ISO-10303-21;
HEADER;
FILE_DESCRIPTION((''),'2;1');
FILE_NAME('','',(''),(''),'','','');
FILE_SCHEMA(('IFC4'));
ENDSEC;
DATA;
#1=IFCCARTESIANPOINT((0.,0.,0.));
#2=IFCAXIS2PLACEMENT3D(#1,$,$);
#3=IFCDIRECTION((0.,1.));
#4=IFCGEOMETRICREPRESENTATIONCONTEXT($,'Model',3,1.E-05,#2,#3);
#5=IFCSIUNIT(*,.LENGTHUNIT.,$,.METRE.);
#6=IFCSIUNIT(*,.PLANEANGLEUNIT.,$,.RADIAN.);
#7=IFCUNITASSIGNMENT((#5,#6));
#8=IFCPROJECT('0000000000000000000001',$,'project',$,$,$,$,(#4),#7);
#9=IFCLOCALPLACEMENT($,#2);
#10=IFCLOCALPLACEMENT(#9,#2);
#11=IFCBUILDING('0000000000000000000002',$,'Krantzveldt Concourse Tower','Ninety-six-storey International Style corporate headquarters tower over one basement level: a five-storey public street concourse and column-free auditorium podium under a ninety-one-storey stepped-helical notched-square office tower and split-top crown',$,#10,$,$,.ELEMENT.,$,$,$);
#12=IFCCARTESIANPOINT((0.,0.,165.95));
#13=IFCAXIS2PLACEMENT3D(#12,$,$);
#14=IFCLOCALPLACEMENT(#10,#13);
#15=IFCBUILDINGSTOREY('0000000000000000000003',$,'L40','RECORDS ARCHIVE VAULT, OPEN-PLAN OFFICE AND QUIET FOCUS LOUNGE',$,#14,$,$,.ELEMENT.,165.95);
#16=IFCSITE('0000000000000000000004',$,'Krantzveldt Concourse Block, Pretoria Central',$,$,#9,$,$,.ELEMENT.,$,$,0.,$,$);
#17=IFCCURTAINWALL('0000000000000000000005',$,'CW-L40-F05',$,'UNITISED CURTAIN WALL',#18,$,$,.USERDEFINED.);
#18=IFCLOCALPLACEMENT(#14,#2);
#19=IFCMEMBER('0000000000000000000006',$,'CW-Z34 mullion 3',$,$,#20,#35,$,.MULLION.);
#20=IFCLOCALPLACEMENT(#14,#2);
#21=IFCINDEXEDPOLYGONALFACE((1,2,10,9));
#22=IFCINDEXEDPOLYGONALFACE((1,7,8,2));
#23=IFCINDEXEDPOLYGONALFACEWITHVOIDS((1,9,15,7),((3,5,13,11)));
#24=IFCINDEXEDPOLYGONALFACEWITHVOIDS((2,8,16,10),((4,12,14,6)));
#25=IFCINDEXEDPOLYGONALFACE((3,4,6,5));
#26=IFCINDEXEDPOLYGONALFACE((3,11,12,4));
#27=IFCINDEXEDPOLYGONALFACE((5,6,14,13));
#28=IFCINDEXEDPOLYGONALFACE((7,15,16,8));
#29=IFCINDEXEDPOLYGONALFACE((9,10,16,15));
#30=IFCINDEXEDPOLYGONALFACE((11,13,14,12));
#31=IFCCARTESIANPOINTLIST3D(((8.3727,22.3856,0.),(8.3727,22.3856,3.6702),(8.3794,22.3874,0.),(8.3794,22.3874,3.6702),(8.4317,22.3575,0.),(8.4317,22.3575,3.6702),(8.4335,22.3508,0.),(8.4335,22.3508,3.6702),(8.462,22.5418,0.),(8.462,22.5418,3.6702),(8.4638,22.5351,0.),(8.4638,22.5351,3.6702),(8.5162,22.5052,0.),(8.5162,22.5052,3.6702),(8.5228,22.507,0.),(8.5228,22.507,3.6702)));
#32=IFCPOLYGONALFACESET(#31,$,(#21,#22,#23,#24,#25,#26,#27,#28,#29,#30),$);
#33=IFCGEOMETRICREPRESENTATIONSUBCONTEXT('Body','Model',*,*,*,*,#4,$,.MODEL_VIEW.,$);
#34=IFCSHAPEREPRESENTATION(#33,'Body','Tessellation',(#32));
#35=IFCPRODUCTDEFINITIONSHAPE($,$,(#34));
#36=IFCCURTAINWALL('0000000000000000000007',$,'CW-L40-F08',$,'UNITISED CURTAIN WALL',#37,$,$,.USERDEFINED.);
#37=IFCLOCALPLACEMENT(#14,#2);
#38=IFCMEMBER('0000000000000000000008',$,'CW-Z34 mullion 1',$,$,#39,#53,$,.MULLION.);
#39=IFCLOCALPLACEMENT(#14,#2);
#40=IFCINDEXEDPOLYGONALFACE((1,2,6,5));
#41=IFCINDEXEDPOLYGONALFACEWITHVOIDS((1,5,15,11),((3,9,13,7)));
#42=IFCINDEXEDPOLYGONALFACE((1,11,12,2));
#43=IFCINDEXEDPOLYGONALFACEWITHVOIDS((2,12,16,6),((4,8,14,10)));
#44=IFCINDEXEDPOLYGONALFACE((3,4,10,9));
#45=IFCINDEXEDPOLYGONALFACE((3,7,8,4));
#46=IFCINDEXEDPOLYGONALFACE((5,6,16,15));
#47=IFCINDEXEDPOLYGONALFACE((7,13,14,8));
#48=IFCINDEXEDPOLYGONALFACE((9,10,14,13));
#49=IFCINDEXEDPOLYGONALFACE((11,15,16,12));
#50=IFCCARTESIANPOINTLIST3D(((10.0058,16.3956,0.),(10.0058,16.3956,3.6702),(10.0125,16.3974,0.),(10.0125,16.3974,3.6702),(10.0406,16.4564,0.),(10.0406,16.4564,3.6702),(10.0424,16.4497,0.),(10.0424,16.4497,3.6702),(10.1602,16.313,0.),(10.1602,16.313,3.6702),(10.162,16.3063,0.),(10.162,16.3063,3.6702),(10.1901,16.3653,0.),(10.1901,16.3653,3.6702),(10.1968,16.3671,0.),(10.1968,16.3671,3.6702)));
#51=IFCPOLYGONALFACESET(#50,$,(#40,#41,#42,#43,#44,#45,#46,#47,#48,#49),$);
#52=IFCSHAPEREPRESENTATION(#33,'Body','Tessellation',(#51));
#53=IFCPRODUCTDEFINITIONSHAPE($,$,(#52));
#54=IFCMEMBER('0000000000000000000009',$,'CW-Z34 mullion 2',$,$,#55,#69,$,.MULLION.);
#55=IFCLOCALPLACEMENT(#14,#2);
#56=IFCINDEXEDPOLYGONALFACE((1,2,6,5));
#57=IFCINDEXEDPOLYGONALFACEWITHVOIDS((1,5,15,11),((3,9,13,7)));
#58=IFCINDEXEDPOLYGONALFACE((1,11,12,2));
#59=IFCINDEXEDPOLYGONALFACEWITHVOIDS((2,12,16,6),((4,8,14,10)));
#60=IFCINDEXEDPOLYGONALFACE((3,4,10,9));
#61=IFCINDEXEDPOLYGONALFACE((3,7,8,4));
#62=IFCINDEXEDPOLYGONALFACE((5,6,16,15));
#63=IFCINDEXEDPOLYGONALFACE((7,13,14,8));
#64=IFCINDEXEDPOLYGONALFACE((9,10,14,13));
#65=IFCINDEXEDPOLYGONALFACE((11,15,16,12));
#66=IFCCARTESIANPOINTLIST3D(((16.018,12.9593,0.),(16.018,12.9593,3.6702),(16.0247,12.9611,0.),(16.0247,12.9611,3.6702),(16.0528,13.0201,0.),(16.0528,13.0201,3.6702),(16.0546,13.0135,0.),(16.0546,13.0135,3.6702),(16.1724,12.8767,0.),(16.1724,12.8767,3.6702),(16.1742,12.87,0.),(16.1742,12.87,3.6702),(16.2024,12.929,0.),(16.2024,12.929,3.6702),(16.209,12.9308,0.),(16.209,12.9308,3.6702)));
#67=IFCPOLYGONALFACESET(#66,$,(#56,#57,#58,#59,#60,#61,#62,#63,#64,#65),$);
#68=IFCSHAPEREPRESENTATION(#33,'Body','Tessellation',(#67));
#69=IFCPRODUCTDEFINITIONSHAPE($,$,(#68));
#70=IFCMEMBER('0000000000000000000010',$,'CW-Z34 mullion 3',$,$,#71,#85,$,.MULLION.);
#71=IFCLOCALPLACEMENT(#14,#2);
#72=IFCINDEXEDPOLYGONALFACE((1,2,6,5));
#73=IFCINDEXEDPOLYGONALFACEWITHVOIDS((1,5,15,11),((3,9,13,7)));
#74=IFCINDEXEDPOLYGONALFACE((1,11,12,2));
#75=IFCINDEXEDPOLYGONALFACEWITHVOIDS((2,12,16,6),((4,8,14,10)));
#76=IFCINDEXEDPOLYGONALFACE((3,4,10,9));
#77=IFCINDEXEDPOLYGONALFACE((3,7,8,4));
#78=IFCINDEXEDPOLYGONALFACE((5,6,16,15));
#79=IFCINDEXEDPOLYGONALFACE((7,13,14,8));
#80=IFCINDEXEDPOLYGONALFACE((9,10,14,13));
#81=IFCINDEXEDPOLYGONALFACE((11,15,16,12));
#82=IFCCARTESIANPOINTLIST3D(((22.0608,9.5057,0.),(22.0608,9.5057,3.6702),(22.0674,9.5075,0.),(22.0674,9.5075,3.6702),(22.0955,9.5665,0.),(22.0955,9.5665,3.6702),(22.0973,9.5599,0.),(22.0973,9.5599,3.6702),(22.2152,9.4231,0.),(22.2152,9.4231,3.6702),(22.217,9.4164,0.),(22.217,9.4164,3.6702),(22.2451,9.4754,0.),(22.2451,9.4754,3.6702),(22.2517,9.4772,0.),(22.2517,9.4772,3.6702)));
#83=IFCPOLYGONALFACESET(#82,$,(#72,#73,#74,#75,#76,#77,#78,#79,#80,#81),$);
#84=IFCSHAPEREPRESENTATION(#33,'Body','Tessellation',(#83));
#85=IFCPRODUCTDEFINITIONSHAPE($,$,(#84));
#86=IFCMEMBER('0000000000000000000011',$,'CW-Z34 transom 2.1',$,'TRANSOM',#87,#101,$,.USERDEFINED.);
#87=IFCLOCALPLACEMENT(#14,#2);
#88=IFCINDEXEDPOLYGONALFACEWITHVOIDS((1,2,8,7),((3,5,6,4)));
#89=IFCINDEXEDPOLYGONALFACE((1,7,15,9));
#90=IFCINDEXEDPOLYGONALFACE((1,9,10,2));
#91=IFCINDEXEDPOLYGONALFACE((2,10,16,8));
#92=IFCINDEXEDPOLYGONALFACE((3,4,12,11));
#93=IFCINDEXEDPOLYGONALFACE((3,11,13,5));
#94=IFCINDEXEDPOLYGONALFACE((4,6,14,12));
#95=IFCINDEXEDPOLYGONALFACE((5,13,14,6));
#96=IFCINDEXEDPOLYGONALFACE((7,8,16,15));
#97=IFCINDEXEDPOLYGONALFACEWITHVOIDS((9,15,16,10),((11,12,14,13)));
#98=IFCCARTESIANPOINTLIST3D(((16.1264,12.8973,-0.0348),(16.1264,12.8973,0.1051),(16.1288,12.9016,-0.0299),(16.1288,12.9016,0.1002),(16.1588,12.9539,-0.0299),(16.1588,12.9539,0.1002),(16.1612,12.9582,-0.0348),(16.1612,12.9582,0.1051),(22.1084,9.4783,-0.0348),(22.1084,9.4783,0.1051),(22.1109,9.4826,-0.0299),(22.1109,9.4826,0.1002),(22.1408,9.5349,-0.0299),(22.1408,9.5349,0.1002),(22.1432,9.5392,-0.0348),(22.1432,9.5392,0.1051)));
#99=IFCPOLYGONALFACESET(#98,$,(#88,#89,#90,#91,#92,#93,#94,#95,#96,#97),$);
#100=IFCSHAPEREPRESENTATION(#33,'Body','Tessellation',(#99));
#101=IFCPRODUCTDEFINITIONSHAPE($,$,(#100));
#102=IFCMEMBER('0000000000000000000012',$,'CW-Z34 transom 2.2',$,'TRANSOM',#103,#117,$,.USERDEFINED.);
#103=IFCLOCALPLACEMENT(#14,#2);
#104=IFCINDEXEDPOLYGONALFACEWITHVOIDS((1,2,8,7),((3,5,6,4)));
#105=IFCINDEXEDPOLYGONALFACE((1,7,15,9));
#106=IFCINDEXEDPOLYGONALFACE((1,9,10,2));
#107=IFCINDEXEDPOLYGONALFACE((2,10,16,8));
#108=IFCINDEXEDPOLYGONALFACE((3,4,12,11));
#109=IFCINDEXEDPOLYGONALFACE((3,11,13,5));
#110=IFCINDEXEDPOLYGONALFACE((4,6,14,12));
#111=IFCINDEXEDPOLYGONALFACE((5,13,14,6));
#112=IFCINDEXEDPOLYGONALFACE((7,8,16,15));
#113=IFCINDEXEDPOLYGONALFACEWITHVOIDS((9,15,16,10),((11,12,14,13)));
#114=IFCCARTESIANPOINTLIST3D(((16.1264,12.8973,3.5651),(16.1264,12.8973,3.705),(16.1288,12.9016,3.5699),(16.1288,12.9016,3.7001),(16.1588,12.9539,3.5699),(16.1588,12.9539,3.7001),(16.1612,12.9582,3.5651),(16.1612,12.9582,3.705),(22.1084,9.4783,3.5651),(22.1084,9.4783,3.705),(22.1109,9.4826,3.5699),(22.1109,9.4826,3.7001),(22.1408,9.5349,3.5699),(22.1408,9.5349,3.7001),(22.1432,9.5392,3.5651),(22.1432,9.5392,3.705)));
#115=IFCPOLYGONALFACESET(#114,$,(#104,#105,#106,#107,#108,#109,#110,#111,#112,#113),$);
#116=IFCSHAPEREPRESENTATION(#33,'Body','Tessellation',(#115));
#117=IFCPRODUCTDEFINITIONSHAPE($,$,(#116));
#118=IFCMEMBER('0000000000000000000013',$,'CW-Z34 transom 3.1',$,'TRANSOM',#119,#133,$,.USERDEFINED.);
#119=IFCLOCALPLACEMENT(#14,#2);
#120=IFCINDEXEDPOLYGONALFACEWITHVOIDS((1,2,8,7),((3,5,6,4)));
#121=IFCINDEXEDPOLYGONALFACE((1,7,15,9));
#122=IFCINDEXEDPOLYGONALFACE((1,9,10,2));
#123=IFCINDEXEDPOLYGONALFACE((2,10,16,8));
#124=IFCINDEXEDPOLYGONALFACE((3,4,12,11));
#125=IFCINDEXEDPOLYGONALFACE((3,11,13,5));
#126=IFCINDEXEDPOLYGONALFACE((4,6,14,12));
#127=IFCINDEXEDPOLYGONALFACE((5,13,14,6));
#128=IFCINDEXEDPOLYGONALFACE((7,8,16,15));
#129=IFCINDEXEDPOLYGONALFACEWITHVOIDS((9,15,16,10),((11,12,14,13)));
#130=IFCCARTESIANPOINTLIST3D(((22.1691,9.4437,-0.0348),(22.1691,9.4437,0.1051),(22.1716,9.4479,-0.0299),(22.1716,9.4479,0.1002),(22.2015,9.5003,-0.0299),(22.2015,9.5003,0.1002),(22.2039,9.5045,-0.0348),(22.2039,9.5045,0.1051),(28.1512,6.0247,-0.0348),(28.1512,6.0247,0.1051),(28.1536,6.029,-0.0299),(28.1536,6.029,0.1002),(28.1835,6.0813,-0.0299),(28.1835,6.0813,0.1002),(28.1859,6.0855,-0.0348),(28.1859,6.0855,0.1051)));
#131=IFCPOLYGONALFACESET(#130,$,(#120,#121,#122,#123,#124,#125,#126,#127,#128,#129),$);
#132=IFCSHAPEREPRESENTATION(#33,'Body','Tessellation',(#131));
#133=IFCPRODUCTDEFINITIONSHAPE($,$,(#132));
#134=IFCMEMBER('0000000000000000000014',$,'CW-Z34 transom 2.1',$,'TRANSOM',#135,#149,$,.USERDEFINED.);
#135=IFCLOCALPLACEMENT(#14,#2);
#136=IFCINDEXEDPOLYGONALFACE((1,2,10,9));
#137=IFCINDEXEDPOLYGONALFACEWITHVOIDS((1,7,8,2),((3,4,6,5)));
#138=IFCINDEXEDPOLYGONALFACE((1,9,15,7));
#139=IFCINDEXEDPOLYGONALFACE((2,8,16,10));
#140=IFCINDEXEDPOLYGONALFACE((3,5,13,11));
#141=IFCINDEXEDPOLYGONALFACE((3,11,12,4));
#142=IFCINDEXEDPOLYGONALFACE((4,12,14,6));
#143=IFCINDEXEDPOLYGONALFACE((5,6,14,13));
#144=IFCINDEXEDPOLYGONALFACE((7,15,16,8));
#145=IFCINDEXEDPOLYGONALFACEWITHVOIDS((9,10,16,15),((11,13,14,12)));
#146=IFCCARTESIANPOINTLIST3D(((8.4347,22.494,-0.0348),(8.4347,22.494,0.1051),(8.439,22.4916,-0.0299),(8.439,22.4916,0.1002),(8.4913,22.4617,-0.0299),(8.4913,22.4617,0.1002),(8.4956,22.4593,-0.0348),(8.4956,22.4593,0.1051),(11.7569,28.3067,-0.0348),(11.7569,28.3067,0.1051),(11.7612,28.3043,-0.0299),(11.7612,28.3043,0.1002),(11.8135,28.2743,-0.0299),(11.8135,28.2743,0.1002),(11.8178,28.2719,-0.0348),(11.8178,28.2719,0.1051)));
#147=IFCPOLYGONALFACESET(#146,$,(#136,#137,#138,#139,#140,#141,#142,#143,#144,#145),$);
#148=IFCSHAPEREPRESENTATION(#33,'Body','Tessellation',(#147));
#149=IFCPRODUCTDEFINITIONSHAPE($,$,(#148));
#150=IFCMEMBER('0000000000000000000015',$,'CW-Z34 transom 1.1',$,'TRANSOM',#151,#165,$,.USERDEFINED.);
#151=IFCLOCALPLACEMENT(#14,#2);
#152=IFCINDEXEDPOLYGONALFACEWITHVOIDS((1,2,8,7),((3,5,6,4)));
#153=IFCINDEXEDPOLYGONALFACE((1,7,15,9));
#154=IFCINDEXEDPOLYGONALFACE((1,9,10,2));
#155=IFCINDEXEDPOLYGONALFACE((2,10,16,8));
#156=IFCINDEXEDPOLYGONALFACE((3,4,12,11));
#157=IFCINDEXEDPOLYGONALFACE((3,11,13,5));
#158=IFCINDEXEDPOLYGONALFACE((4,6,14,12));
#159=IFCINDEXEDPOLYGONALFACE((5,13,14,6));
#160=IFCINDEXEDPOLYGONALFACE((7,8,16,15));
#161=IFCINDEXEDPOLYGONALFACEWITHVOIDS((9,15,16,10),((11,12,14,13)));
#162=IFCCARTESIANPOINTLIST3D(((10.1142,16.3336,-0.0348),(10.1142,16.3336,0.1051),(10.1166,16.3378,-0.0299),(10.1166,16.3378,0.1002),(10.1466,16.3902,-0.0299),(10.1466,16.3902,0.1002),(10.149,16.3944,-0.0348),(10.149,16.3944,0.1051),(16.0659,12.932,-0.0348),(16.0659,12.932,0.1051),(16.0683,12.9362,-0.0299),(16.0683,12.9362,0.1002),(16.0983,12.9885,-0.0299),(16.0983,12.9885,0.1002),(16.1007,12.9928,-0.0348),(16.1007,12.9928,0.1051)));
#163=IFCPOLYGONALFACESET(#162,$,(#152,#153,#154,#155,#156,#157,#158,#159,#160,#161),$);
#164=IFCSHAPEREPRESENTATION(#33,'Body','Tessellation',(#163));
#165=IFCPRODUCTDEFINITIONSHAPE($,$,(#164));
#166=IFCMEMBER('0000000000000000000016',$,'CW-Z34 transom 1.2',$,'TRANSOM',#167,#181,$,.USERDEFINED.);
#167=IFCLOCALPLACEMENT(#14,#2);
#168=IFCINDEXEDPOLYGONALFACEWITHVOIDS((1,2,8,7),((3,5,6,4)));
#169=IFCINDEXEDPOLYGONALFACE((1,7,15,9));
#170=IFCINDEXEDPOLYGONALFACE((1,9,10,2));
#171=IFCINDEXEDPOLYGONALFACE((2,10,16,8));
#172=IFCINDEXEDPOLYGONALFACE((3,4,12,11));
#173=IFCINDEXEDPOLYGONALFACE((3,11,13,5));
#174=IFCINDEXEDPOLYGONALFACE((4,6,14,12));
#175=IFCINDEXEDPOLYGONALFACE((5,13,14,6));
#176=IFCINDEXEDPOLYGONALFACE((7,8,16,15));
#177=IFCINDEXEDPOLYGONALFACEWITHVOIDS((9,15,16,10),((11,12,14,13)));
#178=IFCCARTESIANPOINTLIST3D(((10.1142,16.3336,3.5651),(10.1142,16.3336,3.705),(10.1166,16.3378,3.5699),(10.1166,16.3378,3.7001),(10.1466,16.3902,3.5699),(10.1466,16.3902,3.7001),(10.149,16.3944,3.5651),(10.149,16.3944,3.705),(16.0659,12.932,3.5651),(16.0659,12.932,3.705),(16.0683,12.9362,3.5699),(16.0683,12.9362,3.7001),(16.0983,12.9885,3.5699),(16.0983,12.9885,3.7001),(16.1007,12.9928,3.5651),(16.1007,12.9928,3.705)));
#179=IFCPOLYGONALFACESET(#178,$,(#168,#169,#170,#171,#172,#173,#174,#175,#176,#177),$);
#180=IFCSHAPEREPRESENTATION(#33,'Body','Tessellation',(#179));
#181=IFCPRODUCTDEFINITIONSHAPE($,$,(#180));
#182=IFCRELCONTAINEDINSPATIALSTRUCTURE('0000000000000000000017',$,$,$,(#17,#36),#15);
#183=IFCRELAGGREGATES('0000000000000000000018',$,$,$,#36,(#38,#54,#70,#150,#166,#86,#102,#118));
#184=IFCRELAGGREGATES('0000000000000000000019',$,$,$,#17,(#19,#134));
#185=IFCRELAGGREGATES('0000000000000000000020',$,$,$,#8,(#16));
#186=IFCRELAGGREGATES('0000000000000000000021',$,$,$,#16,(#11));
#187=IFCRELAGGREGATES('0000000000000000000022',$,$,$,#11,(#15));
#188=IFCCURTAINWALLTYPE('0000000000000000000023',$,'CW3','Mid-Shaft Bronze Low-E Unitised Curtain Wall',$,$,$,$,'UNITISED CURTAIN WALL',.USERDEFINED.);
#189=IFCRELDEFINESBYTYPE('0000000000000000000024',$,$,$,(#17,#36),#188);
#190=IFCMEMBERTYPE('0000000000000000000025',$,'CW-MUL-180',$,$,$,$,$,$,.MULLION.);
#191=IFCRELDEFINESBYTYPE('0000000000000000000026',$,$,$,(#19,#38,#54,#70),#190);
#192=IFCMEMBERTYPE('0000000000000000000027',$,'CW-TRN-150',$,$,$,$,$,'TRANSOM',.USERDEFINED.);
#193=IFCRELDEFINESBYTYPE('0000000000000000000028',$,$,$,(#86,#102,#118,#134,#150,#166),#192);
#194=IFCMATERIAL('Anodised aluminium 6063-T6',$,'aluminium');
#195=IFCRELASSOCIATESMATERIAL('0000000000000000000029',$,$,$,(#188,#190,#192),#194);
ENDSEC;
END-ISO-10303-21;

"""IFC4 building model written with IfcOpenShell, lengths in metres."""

from ifc_helpers import new_model, si_unit, direction, frame, origin, origin_2d, place, context, subcontext, project, spatial, hollow_rectangle, extrude, source, transform, mapped, material, material_profile, profile_set, type_object, type_shapes, element, aggregate, save


model = new_model("IFC4")

# Units and contexts
model_context = context("Model", 3, precision=1e-05, world=origin(), true_north=direction((0.0, 1.0)))
body_context = subcontext(model_context, "Body", "Model", "MODEL_VIEW")
ifc_project = project(units=[si_unit("LENGTHUNIT", "METRE"), si_unit("PLANEANGLEUNIT", "RADIAN")], contexts=[model_context])

# Site, building, storey
site_placement = place(None, origin())
site = spatial("IfcSite", under=ifc_project, at=site_placement, Name="Krantzveldt Concourse Block, Pretoria Central", CompositionType="ELEMENT", RefElevation=0.0)
building_placement = place(site_placement, origin())
building = spatial("IfcBuilding", under=site, at=building_placement, Name="Krantzveldt Concourse Tower", Description="Ninety-six-storey International Style corporate headquarters tower over one basement level: a five-storey public street concourse and column-free auditorium podium under a ninety-one-storey stepped-helical notched-square office tower and split-top crown", CompositionType="ELEMENT")
storey_placement = place(building_placement, frame((0.0, 0.0, 165.95)))
storey = spatial("IfcBuildingStorey", under=building, at=storey_placement, Name="L40", Description="RECORDS ARCHIVE VAULT, OPEN-PLAN OFFICE AND QUIET FOCUS LOUNGE", CompositionType="ELEMENT", Elevation=165.95)

# Curtain wall, member
ifc_material_1 = material(Name="Anodised aluminium 6063-T6", Category="aluminium")
curtain_wall_type = type_object("IfcCurtainWallType", Name="CW3", Description="Mid-Shaft Bronze Low-E Unitised Curtain Wall", ElementType="UNITISED CURTAIN WALL", PredefinedType="USERDEFINED", material=ifc_material_1)
curtain_wall_1_placement = place(storey_placement, origin())
curtain_wall_1 = element("IfcCurtainWall", 1, at=curtain_wall_1_placement, inside=storey, type_object=curtain_wall_type, Name="CW-L40-F05", ObjectType="UNITISED CURTAIN WALL", PredefinedType="USERDEFINED")
ifc_material_profile_1 = material_profile(ifc_material_1, hollow_rectangle(XDim=0.0701, YDim=0.1799, WallThickness=0.0049, at=origin_2d()), Name="Anodised aluminium 6063-T6", Category="aluminium")
ifc_profile_set_1 = profile_set([ifc_material_profile_1], Name="Anodised aluminium 6063-T6 - ALU-MULL 180x70x5")
member_type_1 = type_object("IfcMemberType", Name="CW-MUL-180", PredefinedType="MULLION", material=ifc_profile_set_1)
shared_shape_1 = source(origin(), body_context, "Body", "SweptSolid", [
    extrude(hollow_rectangle(XDim=0.0701, YDim=0.1799, WallThickness=0.0049, at=origin_2d()), origin(), (0.0, 0.0, 1.0), 3.6702),
])
type_shapes(member_type_1, [shared_shape_1])
member_1_placement = place(storey_placement, frame((8.4478, 22.4463, 0.0), z_axis=(0.0, 0.0, 1.0), x_axis=(0.868199, -0.496216, 0.0)))
member_1 = element("IfcMember", 2, at=member_1_placement, type_object=member_type_1, Name="CW-Z34 mullion 3", PredefinedType="MULLION", context=body_context, shape_type="MappedRepresentation", body=[
    mapped(shared_shape_1, transform((0.0, 0.0, 0.0), x_axis=(1.0, 0.0, 0.0), y_axis=(0.0, 1.0, 0.0), z_axis=(0.0, 0.0, 1.0), scale=1.0)),
])

# Curtain wall, members
curtain_wall_2_placement = place(storey_placement, origin())
curtain_wall_2 = element("IfcCurtainWall", 3, at=curtain_wall_2_placement, inside=storey, type_object=curtain_wall_type, Name="CW-L40-F08", ObjectType="UNITISED CURTAIN WALL", PredefinedType="USERDEFINED")
member_2_placement = place(storey_placement, frame((10.1013, 16.3813, 0.0), z_axis=(0.0, 0.0, 1.0), x_axis=(0.496216, 0.868199, 0.0)))
member_2 = element("IfcMember", 4, at=member_2_placement, type_object=member_type_1, Name="CW-Z34 mullion 1", PredefinedType="MULLION", context=body_context, shape_type="MappedRepresentation", body=[
    mapped(shared_shape_1, transform((0.0, 0.0, 0.0), x_axis=(1.0, 0.0, 0.0), y_axis=(0.0, 1.0, 0.0), z_axis=(0.0, 0.0, 1.0), scale=1.0)),
])
member_3_placement = place(storey_placement, frame((16.1135, 12.9451, 0.0), z_axis=(0.0, 0.0, 1.0), x_axis=(0.496216, 0.868199, 0.0)))
member_3 = element("IfcMember", 5, at=member_3_placement, type_object=member_type_1, Name="CW-Z34 mullion 2", PredefinedType="MULLION", context=body_context, shape_type="MappedRepresentation", body=[
    mapped(shared_shape_1, transform((0.0, 0.0, 0.0), x_axis=(1.0, 0.0, 0.0), y_axis=(0.0, 1.0, 0.0), z_axis=(0.0, 0.0, 1.0), scale=1.0)),
])
member_4_placement = place(storey_placement, frame((22.1562, 9.4915, 0.0), z_axis=(0.0, 0.0, 1.0), x_axis=(0.496216, 0.868199, 0.0)))
member_4 = element("IfcMember", 6, at=member_4_placement, type_object=member_type_1, Name="CW-Z34 mullion 3", PredefinedType="MULLION", context=body_context, shape_type="MappedRepresentation", body=[
    mapped(shared_shape_1, transform((0.0, 0.0, 0.0), x_axis=(1.0, 0.0, 0.0), y_axis=(0.0, 1.0, 0.0), z_axis=(0.0, 0.0, 1.0), scale=1.0)),
])
ifc_material_profile_2 = material_profile(ifc_material_1, hollow_rectangle(XDim=0.0701, YDim=0.1399, WallThickness=0.0049, at=origin_2d()), Name="Anodised aluminium 6063-T6", Category="aluminium")
ifc_profile_set_2 = profile_set([ifc_material_profile_2], Name="Anodised aluminium 6063-T6 - ALU-TRAN 140x70x5")
member_type_2 = type_object("IfcMemberType", Name="CW-TRN-150", ElementType="TRANSOM", PredefinedType="USERDEFINED", material=ifc_profile_set_2)
shared_shape_2 = source(origin(), body_context, "Body", "SweptSolid", [
    extrude(hollow_rectangle(XDim=0.0701, YDim=0.1399, WallThickness=0.0049, at=origin_2d()), origin(), (0.0, 0.0, 1.0), 6.8901),
])
member_5_placement = place(storey_placement, frame((16.1438, 12.9277, 0.0352), z_axis=(0.8682, -0.496215, 0.0), x_axis=(0.496215, 0.8682, 0.0)))
member_5 = element("IfcMember", 7, at=member_5_placement, type_object=member_type_2, Name="CW-Z34 transom 2.1", ObjectType="TRANSOM", PredefinedType="USERDEFINED", context=body_context, shape_type="MappedRepresentation", body=[
    mapped(shared_shape_2, transform((0.0, 0.0, 0.0), x_axis=(1.0, 0.0, 0.0), y_axis=(0.0, 1.0, 0.0), z_axis=(0.0, 0.0, 1.0), scale=1.0)),
])
member_6_placement = place(storey_placement, frame((16.1438, 12.9277, 3.635), z_axis=(0.8682, -0.496215, 0.0), x_axis=(0.496215, 0.8682, 0.0)))
member_6 = element("IfcMember", 8, at=member_6_placement, type_object=member_type_2, Name="CW-Z34 transom 2.2", ObjectType="TRANSOM", PredefinedType="USERDEFINED", context=body_context, shape_type="MappedRepresentation", body=[
    mapped(shared_shape_2, transform((0.0, 0.0, 0.0), x_axis=(1.0, 0.0, 0.0), y_axis=(0.0, 1.0, 0.0), z_axis=(0.0, 0.0, 1.0), scale=1.0)),
])
member_7_placement = place(storey_placement, frame((22.1865, 9.4741, 0.0352), z_axis=(0.8682, -0.496215, 0.0), x_axis=(0.496215, 0.8682, 0.0)))
member_7 = element("IfcMember", 9, at=member_7_placement, type_object=member_type_2, Name="CW-Z34 transom 3.1", ObjectType="TRANSOM", PredefinedType="USERDEFINED", context=body_context, shape_type="MappedRepresentation", body=[
    mapped(shared_shape_2, transform((0.0, 0.0, 0.0), x_axis=(1.0, 0.0, 0.0), y_axis=(0.0, 1.0, 0.0), z_axis=(0.0, 0.0, 1.0), scale=1.0)),
])

# Members
shared_shape_3 = source(origin(), body_context, "Body", "SweptSolid", [
    extrude(hollow_rectangle(XDim=0.0701, YDim=0.1399, WallThickness=0.0049, at=origin_2d()), origin(), (0.0, 0.0, 1.0), 6.6951),
])
member_8_placement = place(storey_placement, frame((11.7874, 28.2893, 0.0352), z_axis=(-0.496217, -0.868198, 0.0), x_axis=(0.868198, -0.496217, 0.0)))
member_8 = element("IfcMember", 10, at=member_8_placement, type_object=member_type_2, Name="CW-Z34 transom 2.1", ObjectType="TRANSOM", PredefinedType="USERDEFINED", context=body_context, shape_type="MappedRepresentation", body=[
    mapped(shared_shape_3, transform((0.0, 0.0, 0.0), x_axis=(1.0, 0.0, 0.0), y_axis=(0.0, 1.0, 0.0), z_axis=(0.0, 0.0, 1.0), scale=1.0)),
])
shared_shape_4 = source(origin(), body_context, "Body", "SweptSolid", [
    extrude(hollow_rectangle(XDim=0.0701, YDim=0.1399, WallThickness=0.0049, at=origin_2d()), origin(), (0.0, 0.0, 1.0), 6.8552),
])
type_shapes(member_type_2, [shared_shape_2, shared_shape_3, shared_shape_4])
member_9_placement = place(storey_placement, frame((10.1316, 16.364, 0.0352), z_axis=(0.868201, -0.496212, 0.0), x_axis=(0.496212, 0.868201, 0.0)))
member_9 = element("IfcMember", 11, at=member_9_placement, type_object=member_type_2, Name="CW-Z34 transom 1.1", ObjectType="TRANSOM", PredefinedType="USERDEFINED", context=body_context, shape_type="MappedRepresentation", body=[
    mapped(shared_shape_4, transform((0.0, 0.0, 0.0), x_axis=(1.0, 0.0, 0.0), y_axis=(0.0, 1.0, 0.0), z_axis=(0.0, 0.0, 1.0), scale=1.0)),
])
member_10_placement = place(storey_placement, frame((10.1316, 16.364, 3.635), z_axis=(0.868201, -0.496212, 0.0), x_axis=(0.496212, 0.868201, 0.0)))
member_10 = element("IfcMember", 12, at=member_10_placement, type_object=member_type_2, Name="CW-Z34 transom 1.2", ObjectType="TRANSOM", PredefinedType="USERDEFINED", context=body_context, shape_type="MappedRepresentation", body=[
    mapped(shared_shape_4, transform((0.0, 0.0, 0.0), x_axis=(1.0, 0.0, 0.0), y_axis=(0.0, 1.0, 0.0), z_axis=(0.0, 0.0, 1.0), scale=1.0)),
])

aggregate(curtain_wall_2, [member_2, member_3, member_4, member_9, member_10, member_5, member_6, member_7])
aggregate(curtain_wall_1, [member_1, member_8])

save(model, "model.ifc")
